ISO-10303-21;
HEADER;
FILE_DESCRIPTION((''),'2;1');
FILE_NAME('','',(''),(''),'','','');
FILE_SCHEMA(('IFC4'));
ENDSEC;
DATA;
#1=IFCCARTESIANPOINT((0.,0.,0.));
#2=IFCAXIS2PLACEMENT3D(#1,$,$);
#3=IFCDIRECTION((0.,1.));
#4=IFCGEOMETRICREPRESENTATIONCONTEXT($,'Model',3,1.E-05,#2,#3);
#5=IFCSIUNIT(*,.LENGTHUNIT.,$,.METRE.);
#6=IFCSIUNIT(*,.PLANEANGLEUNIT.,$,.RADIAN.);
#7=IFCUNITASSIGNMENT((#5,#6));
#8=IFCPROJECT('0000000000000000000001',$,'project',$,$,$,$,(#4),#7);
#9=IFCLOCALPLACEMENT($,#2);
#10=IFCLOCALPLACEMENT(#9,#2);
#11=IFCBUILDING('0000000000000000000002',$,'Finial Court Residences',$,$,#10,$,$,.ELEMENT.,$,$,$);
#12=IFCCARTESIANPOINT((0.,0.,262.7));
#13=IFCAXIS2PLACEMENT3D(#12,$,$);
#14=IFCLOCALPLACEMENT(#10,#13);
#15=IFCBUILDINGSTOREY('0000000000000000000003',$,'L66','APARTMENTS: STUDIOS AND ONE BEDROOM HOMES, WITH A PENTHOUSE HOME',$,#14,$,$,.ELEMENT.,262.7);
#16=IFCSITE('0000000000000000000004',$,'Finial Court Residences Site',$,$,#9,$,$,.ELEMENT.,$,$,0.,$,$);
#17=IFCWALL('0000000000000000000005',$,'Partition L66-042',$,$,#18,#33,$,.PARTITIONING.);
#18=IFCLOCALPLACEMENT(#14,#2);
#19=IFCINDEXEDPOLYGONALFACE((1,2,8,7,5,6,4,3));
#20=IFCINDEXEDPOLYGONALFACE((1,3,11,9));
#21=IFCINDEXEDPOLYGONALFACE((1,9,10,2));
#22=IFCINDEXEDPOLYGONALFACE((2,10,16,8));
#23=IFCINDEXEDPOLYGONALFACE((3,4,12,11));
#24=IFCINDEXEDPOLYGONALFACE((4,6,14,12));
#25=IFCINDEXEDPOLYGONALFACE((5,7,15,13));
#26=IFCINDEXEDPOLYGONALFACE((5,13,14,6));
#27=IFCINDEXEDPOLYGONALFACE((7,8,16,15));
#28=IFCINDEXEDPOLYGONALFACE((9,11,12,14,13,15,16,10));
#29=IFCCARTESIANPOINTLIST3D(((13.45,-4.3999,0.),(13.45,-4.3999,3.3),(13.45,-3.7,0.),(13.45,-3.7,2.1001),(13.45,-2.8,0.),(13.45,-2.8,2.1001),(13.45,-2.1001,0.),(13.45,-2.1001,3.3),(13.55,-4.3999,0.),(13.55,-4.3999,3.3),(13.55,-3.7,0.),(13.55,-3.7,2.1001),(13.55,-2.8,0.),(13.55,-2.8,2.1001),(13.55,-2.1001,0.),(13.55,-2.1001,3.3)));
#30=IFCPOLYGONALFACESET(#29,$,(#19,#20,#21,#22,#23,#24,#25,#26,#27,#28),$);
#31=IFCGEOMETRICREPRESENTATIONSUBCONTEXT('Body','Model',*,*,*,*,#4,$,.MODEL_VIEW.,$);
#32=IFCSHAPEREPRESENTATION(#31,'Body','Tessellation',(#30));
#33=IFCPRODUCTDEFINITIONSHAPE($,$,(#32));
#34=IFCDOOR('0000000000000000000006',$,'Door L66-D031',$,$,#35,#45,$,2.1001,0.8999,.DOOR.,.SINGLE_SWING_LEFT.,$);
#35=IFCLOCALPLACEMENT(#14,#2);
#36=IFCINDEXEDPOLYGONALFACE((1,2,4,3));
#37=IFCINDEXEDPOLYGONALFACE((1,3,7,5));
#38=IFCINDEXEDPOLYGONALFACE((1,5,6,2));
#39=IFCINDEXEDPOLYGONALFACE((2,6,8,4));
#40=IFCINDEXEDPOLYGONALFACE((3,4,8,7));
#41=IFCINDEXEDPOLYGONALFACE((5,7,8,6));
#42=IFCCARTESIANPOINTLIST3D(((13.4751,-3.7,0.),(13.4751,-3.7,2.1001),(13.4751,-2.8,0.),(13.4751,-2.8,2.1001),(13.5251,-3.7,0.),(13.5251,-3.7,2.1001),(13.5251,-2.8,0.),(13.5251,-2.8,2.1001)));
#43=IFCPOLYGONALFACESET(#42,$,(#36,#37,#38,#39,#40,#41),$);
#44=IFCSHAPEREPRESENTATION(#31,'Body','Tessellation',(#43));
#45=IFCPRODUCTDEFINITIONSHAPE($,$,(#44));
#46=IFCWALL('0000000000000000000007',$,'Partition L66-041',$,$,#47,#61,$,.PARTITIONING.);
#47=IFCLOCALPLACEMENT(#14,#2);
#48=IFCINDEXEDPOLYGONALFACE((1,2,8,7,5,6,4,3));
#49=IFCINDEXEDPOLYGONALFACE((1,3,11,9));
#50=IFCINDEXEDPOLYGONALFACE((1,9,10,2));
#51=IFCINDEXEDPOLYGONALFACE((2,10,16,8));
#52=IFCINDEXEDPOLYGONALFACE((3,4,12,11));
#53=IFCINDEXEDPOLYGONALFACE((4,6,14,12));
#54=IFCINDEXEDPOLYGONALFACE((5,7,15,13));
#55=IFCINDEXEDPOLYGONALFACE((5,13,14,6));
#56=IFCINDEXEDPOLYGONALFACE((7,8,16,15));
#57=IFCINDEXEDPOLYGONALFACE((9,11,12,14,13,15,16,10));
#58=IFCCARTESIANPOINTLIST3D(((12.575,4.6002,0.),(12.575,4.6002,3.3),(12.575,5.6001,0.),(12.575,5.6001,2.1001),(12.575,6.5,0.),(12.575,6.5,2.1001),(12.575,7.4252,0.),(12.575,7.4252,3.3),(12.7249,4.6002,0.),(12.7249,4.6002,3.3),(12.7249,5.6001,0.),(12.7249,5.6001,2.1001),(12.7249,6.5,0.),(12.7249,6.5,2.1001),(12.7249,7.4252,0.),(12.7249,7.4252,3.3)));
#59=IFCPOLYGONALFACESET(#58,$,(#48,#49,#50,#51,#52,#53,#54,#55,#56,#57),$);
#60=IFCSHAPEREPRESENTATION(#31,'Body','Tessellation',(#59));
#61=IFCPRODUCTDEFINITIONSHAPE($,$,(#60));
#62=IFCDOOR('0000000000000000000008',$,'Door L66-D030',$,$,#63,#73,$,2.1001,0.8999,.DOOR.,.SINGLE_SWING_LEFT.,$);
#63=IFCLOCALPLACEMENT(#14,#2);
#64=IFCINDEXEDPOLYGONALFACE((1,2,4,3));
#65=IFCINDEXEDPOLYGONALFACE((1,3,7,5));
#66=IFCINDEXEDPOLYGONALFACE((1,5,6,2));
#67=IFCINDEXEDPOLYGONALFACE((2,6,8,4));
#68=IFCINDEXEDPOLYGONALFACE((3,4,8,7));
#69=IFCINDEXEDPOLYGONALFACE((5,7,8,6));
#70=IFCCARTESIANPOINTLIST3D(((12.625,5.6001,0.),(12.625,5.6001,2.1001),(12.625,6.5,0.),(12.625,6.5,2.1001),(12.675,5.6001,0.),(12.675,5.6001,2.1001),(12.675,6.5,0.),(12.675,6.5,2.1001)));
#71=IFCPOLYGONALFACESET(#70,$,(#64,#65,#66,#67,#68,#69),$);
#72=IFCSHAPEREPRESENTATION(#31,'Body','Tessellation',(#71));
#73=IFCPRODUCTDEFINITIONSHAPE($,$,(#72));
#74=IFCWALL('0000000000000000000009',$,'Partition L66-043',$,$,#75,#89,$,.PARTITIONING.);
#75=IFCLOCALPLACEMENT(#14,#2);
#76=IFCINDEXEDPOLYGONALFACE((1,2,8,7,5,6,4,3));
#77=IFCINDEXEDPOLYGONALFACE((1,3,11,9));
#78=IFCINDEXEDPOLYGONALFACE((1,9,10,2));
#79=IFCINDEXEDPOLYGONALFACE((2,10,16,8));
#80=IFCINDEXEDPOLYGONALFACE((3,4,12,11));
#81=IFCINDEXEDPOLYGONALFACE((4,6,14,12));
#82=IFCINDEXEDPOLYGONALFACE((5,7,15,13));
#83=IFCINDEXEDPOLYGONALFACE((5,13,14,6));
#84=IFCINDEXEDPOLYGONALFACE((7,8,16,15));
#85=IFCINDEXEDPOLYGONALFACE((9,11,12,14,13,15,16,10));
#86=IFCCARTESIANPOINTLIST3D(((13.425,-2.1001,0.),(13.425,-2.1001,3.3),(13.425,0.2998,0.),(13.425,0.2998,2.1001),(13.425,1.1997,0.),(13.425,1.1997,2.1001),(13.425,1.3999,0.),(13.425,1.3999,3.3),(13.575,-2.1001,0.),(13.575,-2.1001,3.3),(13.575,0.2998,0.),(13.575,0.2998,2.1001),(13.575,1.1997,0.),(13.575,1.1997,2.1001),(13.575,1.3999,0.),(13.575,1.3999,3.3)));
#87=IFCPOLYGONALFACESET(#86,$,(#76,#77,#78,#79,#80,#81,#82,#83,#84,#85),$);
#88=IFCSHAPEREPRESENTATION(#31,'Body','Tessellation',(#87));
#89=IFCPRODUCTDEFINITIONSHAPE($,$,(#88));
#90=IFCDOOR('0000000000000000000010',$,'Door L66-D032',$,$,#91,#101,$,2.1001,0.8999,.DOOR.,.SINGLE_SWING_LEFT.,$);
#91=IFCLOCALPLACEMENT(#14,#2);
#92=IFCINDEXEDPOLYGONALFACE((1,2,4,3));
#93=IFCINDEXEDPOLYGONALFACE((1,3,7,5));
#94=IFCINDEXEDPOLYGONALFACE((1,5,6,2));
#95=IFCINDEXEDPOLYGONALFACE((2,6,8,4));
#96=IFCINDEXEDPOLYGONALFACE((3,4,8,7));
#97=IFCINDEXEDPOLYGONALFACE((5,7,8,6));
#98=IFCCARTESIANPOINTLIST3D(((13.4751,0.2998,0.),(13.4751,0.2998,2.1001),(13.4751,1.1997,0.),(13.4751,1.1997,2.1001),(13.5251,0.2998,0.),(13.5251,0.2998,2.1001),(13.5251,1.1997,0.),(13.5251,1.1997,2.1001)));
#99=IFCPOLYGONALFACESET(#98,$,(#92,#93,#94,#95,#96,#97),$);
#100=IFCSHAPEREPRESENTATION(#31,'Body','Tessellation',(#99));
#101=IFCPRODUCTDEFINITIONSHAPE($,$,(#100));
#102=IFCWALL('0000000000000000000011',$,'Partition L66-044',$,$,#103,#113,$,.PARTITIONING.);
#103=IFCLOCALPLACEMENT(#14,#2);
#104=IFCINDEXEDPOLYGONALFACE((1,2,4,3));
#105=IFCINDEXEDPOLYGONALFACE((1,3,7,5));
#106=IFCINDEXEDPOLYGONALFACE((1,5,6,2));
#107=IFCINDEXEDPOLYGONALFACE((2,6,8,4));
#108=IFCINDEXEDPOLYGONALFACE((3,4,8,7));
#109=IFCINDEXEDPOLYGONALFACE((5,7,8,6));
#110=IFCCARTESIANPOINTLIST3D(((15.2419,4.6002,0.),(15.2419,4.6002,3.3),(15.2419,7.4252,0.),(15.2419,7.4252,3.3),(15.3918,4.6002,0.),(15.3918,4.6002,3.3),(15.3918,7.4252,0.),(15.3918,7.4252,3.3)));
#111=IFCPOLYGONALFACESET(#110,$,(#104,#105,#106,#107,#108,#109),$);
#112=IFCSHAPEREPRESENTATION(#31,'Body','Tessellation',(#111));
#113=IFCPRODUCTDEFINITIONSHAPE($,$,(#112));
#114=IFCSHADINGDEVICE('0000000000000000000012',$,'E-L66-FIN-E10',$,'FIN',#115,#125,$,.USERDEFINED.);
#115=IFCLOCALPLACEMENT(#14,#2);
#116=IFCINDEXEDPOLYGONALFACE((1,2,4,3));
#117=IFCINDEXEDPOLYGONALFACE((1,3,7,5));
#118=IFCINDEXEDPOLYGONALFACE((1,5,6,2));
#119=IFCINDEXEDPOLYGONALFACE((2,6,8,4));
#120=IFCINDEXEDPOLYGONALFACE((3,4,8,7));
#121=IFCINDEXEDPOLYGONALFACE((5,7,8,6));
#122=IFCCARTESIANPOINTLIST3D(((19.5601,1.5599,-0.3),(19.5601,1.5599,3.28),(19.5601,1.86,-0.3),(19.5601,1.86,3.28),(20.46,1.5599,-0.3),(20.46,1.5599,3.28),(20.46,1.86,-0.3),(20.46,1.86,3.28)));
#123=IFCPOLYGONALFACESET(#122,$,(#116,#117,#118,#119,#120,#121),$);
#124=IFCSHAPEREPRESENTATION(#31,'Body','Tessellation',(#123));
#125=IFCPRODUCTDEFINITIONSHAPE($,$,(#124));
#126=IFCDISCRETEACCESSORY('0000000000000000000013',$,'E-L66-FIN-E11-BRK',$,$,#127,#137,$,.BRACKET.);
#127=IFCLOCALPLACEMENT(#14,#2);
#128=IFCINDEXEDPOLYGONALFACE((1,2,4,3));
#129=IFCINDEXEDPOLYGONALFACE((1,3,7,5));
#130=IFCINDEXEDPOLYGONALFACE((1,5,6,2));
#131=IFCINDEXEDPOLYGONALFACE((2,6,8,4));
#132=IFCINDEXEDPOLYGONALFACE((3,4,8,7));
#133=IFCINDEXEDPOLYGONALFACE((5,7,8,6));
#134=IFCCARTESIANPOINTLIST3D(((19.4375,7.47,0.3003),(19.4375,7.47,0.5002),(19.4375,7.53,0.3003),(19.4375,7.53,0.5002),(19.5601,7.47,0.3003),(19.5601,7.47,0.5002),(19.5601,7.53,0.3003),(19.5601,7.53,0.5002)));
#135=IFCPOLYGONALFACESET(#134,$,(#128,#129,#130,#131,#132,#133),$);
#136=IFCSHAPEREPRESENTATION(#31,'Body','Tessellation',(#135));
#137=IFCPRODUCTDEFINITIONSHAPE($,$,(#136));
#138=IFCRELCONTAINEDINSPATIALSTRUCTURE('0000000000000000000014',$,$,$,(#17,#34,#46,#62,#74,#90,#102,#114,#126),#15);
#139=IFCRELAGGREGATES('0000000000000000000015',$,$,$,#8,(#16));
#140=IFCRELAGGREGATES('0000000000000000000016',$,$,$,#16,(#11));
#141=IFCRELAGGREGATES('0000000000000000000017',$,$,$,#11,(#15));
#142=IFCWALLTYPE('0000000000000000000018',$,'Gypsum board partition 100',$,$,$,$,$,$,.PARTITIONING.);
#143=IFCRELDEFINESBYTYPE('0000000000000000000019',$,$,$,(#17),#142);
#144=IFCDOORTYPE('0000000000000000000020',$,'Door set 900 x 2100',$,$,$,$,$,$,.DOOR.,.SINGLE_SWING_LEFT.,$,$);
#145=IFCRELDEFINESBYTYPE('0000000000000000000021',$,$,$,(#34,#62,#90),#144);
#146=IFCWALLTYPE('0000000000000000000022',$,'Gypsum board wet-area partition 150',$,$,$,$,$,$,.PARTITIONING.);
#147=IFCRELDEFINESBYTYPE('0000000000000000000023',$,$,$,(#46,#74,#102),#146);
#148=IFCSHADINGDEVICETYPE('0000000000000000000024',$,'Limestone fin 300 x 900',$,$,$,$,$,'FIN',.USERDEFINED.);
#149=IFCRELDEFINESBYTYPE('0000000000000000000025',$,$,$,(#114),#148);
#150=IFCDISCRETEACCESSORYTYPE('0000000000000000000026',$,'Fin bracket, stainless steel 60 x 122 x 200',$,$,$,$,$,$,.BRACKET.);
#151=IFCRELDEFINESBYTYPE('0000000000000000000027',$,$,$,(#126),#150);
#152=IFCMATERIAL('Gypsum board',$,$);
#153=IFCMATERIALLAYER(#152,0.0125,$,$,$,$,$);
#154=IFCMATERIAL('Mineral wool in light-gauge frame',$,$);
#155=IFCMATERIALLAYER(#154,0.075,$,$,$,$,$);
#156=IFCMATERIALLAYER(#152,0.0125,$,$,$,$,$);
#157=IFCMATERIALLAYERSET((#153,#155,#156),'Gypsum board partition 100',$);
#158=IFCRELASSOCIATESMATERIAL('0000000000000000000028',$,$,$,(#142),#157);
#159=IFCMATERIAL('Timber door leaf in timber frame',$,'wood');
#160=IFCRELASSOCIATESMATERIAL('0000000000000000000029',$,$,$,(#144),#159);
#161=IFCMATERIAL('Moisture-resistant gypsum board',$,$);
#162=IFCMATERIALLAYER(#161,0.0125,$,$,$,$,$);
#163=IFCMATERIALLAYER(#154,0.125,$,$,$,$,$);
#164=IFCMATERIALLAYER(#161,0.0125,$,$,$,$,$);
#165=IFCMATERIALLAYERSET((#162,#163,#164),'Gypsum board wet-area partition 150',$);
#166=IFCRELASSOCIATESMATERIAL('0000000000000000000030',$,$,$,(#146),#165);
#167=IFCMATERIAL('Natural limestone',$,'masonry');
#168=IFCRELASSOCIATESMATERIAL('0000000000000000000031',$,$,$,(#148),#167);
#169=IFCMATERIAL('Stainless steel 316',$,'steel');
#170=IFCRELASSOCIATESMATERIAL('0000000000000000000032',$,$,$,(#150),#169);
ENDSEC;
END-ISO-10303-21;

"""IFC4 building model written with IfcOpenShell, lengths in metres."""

from ifc_helpers import new_model, si_unit, direction, frame, frame_2d, origin, origin_2d, place, context, subcontext, project, spatial, rectangle, extrude, material, layer, layer_set, type_object, element, fill, save


model = new_model("IFC4")

# Units and contexts
model_context = context("Model", 3, precision=1e-05, world=origin(), true_north=direction((0.0, 1.0)))
body_context = subcontext(model_context, "Body", "Model", "MODEL_VIEW")
ifc_project = project(units=[si_unit("LENGTHUNIT", "METRE"), si_unit("PLANEANGLEUNIT", "RADIAN")], contexts=[model_context])

# Site, building, storey
site_placement = place(None, origin())
site = spatial("IfcSite", under=ifc_project, at=site_placement, Name="Finial Court Residences Site", CompositionType="ELEMENT", RefElevation=0.0)
building_placement = place(site_placement, origin())
building = spatial("IfcBuilding", under=site, at=building_placement, Name="Finial Court Residences", CompositionType="ELEMENT")
storey_placement = place(building_placement, frame((0.0, 0.0, 262.7)))
storey = spatial("IfcBuildingStorey", under=building, at=storey_placement, Name="L66", Description="APARTMENTS: STUDIOS AND ONE BEDROOM HOMES, WITH A PENTHOUSE HOME", CompositionType="ELEMENT", Elevation=262.7)

# Walls, openings, doors
ifc_material_1 = material(Name="Gypsum board")
ifc_layer_1 = layer(ifc_material_1, 0.0125)
ifc_material_2 = material(Name="Mineral wool in light-gauge frame")
ifc_layer_2 = layer(ifc_material_2, 0.075)
ifc_layer_3 = layer(ifc_material_1, 0.0125)
ifc_layer_set_1 = layer_set([ifc_layer_1, ifc_layer_2, ifc_layer_3], Name="Gypsum board partition 100")
wall_type_1 = type_object("IfcWallType", Name="Gypsum board partition 100", PredefinedType="PARTITIONING", material=ifc_layer_set_1)
ifc_material_3 = material(Name="Timber door leaf in timber frame", Category="wood")
door_type = type_object("IfcDoorType", Name="Door set 900 x 2100", OperationType="SINGLE_SWING_LEFT", PredefinedType="DOOR", material=ifc_material_3)
wall_1_placement = place(storey_placement, frame((13.5, -4.3999, 0.0), z_axis=(0.0, 0.0, 1.0), x_axis=(0.0, 1.0, 0.0)))
wall_1 = element("IfcWall", 1, at=wall_1_placement, inside=storey, type_object=wall_type_1, Name="Partition L66-042", PredefinedType="PARTITIONING", context=body_context, shape_type="SweptSolid", body=[
    extrude(rectangle(XDim=2.2998, YDim=0.1001, at=frame_2d((1.1499, 0.0))), origin(), (0.0, 0.0, 1.0), 3.3),
])
opening_1_placement = place(wall_1_placement, frame((0.7, 0.0, 0.0)))
opening_1 = element("IfcOpeningElement", 2, at=opening_1_placement, cuts=wall_1, PredefinedType="OPENING", context=body_context, shape_type="SweptSolid", body=[
    extrude(rectangle(XDim=0.8999, YDim=2.1001, at=frame_2d((0.45, 1.05))), frame((0.0, 0.0601, 0.0), z_axis=(0.0, -1.0, 0.0), x_axis=(1.0, 0.0, 0.0)), (0.0, 0.0, 1.0), 0.1201),
])
door_1_placement = place(opening_1_placement, origin())
door_1 = element("IfcDoor", 3, at=door_1_placement, inside=storey, type_object=door_type, Name="Door L66-D031", OperationType="SINGLE_SWING_LEFT", OverallHeight=2.1001, OverallWidth=0.8999, PredefinedType="DOOR", context=body_context, shape_type="SweptSolid", body=[
    extrude(rectangle(XDim=0.8999, YDim=2.1001, at=frame_2d((0.45, 1.05))), frame((0.0, 0.0249, 0.0), z_axis=(0.0, -1.0, 0.0), x_axis=(1.0, 0.0, 0.0)), (0.0, 0.0, 1.0), 0.05),
])
fill(opening_1, door_1)
ifc_material_4 = material(Name="Moisture-resistant gypsum board")
ifc_layer_4 = layer(ifc_material_4, 0.0125)
ifc_layer_5 = layer(ifc_material_2, 0.125)
ifc_layer_6 = layer(ifc_material_4, 0.0125)
ifc_layer_set_2 = layer_set([ifc_layer_4, ifc_layer_5, ifc_layer_6], Name="Gypsum board wet-area partition 150")
wall_type_2 = type_object("IfcWallType", Name="Gypsum board wet-area partition 150", PredefinedType="PARTITIONING", material=ifc_layer_set_2)
wall_2_placement = place(storey_placement, frame((12.6499, 4.6001, 0.0), z_axis=(0.0, 0.0, 1.0), x_axis=(0.0, 1.0, 0.0)))
wall_2 = element("IfcWall", 4, at=wall_2_placement, inside=storey, type_object=wall_type_2, Name="Partition L66-041", PredefinedType="PARTITIONING", context=body_context, shape_type="SweptSolid", body=[
    extrude(rectangle(XDim=2.825, YDim=0.1499, at=frame_2d((1.4126, 0.0))), origin(), (0.0, 0.0, 1.0), 3.3),
])
opening_2_placement = place(wall_2_placement, frame((1.0, 0.0, 0.0)))
opening_2 = element("IfcOpeningElement", 5, at=opening_2_placement, cuts=wall_2, PredefinedType="OPENING", context=body_context, shape_type="SweptSolid", body=[
    extrude(rectangle(XDim=0.8999, YDim=2.1001, at=frame_2d((0.45, 1.05))), frame((0.0, 0.085, 0.0), z_axis=(0.0, -1.0, 0.0), x_axis=(1.0, 0.0, 0.0)), (0.0, 0.0, 1.0), 0.1699),
])
door_2_placement = place(opening_2_placement, origin())
door_2 = element("IfcDoor", 6, at=door_2_placement, inside=storey, type_object=door_type, Name="Door L66-D030", OperationType="SINGLE_SWING_LEFT", OverallHeight=2.1001, OverallWidth=0.8999, PredefinedType="DOOR", context=body_context, shape_type="SweptSolid", body=[
    extrude(rectangle(XDim=0.8999, YDim=2.1001, at=frame_2d((0.45, 1.05))), frame((0.0, 0.0249, 0.0), z_axis=(0.0, -1.0, 0.0), x_axis=(1.0, 0.0, 0.0)), (0.0, 0.0, 1.0), 0.05),
])
fill(opening_2, door_2)
wall_3_placement = place(storey_placement, frame((13.5, -2.1001, 0.0), z_axis=(0.0, 0.0, 1.0), x_axis=(0.0, 1.0, 0.0)))
wall_3 = element("IfcWall", 7, at=wall_3_placement, inside=storey, type_object=wall_type_2, Name="Partition L66-043", PredefinedType="PARTITIONING", context=body_context, shape_type="SweptSolid", body=[
    extrude(rectangle(XDim=3.5, YDim=0.1499, at=frame_2d((1.75, 0.0))), origin(), (0.0, 0.0, 1.0), 3.3),
])
opening_3_placement = place(wall_3_placement, frame((2.3999, 0.0, 0.0)))
opening_3 = element("IfcOpeningElement", 8, at=opening_3_placement, cuts=wall_3, PredefinedType="OPENING", context=body_context, shape_type="SweptSolid", body=[
    extrude(rectangle(XDim=0.8999, YDim=2.1001, at=frame_2d((0.45, 1.05))), frame((0.0, 0.085, 0.0), z_axis=(0.0, -1.0, 0.0), x_axis=(1.0, 0.0, 0.0)), (0.0, 0.0, 1.0), 0.1699),
])
door_3_placement = place(opening_3_placement, origin())
door_3 = element("IfcDoor", 9, at=door_3_placement, inside=storey, type_object=door_type, Name="Door L66-D032", OperationType="SINGLE_SWING_LEFT", OverallHeight=2.1001, OverallWidth=0.8999, PredefinedType="DOOR", context=body_context, shape_type="SweptSolid", body=[
    extrude(rectangle(XDim=0.8999, YDim=2.1001, at=frame_2d((0.45, 1.05))), frame((0.0, 0.0249, 0.0), z_axis=(0.0, -1.0, 0.0), x_axis=(1.0, 0.0, 0.0)), (0.0, 0.0, 1.0), 0.05),
])
fill(opening_3, door_3)

# Wall
wall_4_placement = place(storey_placement, frame((15.3169, 4.6001, 0.0), z_axis=(0.0, 0.0, 1.0), x_axis=(0.0, 1.0, 0.0)))
element("IfcWall", 10, at=wall_4_placement, inside=storey, type_object=wall_type_2, Name="Partition L66-044", PredefinedType="PARTITIONING", context=body_context, shape_type="SweptSolid", body=[
    extrude(rectangle(XDim=2.825, YDim=0.1499, at=frame_2d((1.4126, 0.0))), origin(), (0.0, 0.0, 1.0), 3.3),
])

# Shading device
ifc_material_5 = material(Name="Natural limestone", Category="masonry")
shading_device_type = type_object("IfcShadingDeviceType", Name="Limestone fin 300 x 900", ElementType="FIN", PredefinedType="USERDEFINED", material=ifc_material_5)
shading_device_placement = place(storey_placement, frame((20.01, 1.71, -0.3), z_axis=(0.0, 0.0, 1.0), x_axis=(1.0, 0.0, 0.0)))
element("IfcShadingDevice", 11, at=shading_device_placement, inside=storey, type_object=shading_device_type, Name="E-L66-FIN-E10", ObjectType="FIN", PredefinedType="USERDEFINED", context=body_context, shape_type="SweptSolid", body=[
    extrude(rectangle(XDim=0.8999, YDim=0.3, at=origin_2d()), origin(), (0.0, 0.0, 1.0), 3.5801),
])

# Discrete accessory
ifc_material_6 = material(Name="Stainless steel 316", Category="steel")
discrete_accessory_type = type_object("IfcDiscreteAccessoryType", Name="Fin bracket, stainless steel 60 x 122 x 200", PredefinedType="BRACKET", material=ifc_material_6)
discrete_accessory_placement = place(storey_placement, frame((19.4988, 7.5, 0.3003), z_axis=(0.0, 0.0, 1.0), x_axis=(1.0, 0.0, 0.0)))
element("IfcDiscreteAccessory", 12, at=discrete_accessory_placement, inside=storey, type_object=discrete_accessory_type, Name="E-L66-FIN-E11-BRK", PredefinedType="BRACKET", context=body_context, shape_type="SweptSolid", body=[
    extrude(rectangle(XDim=0.1226, YDim=0.0601, at=origin_2d()), origin(), (0.0, 0.0, 1.0), 0.2),
])

save(model, "model.ifc")
